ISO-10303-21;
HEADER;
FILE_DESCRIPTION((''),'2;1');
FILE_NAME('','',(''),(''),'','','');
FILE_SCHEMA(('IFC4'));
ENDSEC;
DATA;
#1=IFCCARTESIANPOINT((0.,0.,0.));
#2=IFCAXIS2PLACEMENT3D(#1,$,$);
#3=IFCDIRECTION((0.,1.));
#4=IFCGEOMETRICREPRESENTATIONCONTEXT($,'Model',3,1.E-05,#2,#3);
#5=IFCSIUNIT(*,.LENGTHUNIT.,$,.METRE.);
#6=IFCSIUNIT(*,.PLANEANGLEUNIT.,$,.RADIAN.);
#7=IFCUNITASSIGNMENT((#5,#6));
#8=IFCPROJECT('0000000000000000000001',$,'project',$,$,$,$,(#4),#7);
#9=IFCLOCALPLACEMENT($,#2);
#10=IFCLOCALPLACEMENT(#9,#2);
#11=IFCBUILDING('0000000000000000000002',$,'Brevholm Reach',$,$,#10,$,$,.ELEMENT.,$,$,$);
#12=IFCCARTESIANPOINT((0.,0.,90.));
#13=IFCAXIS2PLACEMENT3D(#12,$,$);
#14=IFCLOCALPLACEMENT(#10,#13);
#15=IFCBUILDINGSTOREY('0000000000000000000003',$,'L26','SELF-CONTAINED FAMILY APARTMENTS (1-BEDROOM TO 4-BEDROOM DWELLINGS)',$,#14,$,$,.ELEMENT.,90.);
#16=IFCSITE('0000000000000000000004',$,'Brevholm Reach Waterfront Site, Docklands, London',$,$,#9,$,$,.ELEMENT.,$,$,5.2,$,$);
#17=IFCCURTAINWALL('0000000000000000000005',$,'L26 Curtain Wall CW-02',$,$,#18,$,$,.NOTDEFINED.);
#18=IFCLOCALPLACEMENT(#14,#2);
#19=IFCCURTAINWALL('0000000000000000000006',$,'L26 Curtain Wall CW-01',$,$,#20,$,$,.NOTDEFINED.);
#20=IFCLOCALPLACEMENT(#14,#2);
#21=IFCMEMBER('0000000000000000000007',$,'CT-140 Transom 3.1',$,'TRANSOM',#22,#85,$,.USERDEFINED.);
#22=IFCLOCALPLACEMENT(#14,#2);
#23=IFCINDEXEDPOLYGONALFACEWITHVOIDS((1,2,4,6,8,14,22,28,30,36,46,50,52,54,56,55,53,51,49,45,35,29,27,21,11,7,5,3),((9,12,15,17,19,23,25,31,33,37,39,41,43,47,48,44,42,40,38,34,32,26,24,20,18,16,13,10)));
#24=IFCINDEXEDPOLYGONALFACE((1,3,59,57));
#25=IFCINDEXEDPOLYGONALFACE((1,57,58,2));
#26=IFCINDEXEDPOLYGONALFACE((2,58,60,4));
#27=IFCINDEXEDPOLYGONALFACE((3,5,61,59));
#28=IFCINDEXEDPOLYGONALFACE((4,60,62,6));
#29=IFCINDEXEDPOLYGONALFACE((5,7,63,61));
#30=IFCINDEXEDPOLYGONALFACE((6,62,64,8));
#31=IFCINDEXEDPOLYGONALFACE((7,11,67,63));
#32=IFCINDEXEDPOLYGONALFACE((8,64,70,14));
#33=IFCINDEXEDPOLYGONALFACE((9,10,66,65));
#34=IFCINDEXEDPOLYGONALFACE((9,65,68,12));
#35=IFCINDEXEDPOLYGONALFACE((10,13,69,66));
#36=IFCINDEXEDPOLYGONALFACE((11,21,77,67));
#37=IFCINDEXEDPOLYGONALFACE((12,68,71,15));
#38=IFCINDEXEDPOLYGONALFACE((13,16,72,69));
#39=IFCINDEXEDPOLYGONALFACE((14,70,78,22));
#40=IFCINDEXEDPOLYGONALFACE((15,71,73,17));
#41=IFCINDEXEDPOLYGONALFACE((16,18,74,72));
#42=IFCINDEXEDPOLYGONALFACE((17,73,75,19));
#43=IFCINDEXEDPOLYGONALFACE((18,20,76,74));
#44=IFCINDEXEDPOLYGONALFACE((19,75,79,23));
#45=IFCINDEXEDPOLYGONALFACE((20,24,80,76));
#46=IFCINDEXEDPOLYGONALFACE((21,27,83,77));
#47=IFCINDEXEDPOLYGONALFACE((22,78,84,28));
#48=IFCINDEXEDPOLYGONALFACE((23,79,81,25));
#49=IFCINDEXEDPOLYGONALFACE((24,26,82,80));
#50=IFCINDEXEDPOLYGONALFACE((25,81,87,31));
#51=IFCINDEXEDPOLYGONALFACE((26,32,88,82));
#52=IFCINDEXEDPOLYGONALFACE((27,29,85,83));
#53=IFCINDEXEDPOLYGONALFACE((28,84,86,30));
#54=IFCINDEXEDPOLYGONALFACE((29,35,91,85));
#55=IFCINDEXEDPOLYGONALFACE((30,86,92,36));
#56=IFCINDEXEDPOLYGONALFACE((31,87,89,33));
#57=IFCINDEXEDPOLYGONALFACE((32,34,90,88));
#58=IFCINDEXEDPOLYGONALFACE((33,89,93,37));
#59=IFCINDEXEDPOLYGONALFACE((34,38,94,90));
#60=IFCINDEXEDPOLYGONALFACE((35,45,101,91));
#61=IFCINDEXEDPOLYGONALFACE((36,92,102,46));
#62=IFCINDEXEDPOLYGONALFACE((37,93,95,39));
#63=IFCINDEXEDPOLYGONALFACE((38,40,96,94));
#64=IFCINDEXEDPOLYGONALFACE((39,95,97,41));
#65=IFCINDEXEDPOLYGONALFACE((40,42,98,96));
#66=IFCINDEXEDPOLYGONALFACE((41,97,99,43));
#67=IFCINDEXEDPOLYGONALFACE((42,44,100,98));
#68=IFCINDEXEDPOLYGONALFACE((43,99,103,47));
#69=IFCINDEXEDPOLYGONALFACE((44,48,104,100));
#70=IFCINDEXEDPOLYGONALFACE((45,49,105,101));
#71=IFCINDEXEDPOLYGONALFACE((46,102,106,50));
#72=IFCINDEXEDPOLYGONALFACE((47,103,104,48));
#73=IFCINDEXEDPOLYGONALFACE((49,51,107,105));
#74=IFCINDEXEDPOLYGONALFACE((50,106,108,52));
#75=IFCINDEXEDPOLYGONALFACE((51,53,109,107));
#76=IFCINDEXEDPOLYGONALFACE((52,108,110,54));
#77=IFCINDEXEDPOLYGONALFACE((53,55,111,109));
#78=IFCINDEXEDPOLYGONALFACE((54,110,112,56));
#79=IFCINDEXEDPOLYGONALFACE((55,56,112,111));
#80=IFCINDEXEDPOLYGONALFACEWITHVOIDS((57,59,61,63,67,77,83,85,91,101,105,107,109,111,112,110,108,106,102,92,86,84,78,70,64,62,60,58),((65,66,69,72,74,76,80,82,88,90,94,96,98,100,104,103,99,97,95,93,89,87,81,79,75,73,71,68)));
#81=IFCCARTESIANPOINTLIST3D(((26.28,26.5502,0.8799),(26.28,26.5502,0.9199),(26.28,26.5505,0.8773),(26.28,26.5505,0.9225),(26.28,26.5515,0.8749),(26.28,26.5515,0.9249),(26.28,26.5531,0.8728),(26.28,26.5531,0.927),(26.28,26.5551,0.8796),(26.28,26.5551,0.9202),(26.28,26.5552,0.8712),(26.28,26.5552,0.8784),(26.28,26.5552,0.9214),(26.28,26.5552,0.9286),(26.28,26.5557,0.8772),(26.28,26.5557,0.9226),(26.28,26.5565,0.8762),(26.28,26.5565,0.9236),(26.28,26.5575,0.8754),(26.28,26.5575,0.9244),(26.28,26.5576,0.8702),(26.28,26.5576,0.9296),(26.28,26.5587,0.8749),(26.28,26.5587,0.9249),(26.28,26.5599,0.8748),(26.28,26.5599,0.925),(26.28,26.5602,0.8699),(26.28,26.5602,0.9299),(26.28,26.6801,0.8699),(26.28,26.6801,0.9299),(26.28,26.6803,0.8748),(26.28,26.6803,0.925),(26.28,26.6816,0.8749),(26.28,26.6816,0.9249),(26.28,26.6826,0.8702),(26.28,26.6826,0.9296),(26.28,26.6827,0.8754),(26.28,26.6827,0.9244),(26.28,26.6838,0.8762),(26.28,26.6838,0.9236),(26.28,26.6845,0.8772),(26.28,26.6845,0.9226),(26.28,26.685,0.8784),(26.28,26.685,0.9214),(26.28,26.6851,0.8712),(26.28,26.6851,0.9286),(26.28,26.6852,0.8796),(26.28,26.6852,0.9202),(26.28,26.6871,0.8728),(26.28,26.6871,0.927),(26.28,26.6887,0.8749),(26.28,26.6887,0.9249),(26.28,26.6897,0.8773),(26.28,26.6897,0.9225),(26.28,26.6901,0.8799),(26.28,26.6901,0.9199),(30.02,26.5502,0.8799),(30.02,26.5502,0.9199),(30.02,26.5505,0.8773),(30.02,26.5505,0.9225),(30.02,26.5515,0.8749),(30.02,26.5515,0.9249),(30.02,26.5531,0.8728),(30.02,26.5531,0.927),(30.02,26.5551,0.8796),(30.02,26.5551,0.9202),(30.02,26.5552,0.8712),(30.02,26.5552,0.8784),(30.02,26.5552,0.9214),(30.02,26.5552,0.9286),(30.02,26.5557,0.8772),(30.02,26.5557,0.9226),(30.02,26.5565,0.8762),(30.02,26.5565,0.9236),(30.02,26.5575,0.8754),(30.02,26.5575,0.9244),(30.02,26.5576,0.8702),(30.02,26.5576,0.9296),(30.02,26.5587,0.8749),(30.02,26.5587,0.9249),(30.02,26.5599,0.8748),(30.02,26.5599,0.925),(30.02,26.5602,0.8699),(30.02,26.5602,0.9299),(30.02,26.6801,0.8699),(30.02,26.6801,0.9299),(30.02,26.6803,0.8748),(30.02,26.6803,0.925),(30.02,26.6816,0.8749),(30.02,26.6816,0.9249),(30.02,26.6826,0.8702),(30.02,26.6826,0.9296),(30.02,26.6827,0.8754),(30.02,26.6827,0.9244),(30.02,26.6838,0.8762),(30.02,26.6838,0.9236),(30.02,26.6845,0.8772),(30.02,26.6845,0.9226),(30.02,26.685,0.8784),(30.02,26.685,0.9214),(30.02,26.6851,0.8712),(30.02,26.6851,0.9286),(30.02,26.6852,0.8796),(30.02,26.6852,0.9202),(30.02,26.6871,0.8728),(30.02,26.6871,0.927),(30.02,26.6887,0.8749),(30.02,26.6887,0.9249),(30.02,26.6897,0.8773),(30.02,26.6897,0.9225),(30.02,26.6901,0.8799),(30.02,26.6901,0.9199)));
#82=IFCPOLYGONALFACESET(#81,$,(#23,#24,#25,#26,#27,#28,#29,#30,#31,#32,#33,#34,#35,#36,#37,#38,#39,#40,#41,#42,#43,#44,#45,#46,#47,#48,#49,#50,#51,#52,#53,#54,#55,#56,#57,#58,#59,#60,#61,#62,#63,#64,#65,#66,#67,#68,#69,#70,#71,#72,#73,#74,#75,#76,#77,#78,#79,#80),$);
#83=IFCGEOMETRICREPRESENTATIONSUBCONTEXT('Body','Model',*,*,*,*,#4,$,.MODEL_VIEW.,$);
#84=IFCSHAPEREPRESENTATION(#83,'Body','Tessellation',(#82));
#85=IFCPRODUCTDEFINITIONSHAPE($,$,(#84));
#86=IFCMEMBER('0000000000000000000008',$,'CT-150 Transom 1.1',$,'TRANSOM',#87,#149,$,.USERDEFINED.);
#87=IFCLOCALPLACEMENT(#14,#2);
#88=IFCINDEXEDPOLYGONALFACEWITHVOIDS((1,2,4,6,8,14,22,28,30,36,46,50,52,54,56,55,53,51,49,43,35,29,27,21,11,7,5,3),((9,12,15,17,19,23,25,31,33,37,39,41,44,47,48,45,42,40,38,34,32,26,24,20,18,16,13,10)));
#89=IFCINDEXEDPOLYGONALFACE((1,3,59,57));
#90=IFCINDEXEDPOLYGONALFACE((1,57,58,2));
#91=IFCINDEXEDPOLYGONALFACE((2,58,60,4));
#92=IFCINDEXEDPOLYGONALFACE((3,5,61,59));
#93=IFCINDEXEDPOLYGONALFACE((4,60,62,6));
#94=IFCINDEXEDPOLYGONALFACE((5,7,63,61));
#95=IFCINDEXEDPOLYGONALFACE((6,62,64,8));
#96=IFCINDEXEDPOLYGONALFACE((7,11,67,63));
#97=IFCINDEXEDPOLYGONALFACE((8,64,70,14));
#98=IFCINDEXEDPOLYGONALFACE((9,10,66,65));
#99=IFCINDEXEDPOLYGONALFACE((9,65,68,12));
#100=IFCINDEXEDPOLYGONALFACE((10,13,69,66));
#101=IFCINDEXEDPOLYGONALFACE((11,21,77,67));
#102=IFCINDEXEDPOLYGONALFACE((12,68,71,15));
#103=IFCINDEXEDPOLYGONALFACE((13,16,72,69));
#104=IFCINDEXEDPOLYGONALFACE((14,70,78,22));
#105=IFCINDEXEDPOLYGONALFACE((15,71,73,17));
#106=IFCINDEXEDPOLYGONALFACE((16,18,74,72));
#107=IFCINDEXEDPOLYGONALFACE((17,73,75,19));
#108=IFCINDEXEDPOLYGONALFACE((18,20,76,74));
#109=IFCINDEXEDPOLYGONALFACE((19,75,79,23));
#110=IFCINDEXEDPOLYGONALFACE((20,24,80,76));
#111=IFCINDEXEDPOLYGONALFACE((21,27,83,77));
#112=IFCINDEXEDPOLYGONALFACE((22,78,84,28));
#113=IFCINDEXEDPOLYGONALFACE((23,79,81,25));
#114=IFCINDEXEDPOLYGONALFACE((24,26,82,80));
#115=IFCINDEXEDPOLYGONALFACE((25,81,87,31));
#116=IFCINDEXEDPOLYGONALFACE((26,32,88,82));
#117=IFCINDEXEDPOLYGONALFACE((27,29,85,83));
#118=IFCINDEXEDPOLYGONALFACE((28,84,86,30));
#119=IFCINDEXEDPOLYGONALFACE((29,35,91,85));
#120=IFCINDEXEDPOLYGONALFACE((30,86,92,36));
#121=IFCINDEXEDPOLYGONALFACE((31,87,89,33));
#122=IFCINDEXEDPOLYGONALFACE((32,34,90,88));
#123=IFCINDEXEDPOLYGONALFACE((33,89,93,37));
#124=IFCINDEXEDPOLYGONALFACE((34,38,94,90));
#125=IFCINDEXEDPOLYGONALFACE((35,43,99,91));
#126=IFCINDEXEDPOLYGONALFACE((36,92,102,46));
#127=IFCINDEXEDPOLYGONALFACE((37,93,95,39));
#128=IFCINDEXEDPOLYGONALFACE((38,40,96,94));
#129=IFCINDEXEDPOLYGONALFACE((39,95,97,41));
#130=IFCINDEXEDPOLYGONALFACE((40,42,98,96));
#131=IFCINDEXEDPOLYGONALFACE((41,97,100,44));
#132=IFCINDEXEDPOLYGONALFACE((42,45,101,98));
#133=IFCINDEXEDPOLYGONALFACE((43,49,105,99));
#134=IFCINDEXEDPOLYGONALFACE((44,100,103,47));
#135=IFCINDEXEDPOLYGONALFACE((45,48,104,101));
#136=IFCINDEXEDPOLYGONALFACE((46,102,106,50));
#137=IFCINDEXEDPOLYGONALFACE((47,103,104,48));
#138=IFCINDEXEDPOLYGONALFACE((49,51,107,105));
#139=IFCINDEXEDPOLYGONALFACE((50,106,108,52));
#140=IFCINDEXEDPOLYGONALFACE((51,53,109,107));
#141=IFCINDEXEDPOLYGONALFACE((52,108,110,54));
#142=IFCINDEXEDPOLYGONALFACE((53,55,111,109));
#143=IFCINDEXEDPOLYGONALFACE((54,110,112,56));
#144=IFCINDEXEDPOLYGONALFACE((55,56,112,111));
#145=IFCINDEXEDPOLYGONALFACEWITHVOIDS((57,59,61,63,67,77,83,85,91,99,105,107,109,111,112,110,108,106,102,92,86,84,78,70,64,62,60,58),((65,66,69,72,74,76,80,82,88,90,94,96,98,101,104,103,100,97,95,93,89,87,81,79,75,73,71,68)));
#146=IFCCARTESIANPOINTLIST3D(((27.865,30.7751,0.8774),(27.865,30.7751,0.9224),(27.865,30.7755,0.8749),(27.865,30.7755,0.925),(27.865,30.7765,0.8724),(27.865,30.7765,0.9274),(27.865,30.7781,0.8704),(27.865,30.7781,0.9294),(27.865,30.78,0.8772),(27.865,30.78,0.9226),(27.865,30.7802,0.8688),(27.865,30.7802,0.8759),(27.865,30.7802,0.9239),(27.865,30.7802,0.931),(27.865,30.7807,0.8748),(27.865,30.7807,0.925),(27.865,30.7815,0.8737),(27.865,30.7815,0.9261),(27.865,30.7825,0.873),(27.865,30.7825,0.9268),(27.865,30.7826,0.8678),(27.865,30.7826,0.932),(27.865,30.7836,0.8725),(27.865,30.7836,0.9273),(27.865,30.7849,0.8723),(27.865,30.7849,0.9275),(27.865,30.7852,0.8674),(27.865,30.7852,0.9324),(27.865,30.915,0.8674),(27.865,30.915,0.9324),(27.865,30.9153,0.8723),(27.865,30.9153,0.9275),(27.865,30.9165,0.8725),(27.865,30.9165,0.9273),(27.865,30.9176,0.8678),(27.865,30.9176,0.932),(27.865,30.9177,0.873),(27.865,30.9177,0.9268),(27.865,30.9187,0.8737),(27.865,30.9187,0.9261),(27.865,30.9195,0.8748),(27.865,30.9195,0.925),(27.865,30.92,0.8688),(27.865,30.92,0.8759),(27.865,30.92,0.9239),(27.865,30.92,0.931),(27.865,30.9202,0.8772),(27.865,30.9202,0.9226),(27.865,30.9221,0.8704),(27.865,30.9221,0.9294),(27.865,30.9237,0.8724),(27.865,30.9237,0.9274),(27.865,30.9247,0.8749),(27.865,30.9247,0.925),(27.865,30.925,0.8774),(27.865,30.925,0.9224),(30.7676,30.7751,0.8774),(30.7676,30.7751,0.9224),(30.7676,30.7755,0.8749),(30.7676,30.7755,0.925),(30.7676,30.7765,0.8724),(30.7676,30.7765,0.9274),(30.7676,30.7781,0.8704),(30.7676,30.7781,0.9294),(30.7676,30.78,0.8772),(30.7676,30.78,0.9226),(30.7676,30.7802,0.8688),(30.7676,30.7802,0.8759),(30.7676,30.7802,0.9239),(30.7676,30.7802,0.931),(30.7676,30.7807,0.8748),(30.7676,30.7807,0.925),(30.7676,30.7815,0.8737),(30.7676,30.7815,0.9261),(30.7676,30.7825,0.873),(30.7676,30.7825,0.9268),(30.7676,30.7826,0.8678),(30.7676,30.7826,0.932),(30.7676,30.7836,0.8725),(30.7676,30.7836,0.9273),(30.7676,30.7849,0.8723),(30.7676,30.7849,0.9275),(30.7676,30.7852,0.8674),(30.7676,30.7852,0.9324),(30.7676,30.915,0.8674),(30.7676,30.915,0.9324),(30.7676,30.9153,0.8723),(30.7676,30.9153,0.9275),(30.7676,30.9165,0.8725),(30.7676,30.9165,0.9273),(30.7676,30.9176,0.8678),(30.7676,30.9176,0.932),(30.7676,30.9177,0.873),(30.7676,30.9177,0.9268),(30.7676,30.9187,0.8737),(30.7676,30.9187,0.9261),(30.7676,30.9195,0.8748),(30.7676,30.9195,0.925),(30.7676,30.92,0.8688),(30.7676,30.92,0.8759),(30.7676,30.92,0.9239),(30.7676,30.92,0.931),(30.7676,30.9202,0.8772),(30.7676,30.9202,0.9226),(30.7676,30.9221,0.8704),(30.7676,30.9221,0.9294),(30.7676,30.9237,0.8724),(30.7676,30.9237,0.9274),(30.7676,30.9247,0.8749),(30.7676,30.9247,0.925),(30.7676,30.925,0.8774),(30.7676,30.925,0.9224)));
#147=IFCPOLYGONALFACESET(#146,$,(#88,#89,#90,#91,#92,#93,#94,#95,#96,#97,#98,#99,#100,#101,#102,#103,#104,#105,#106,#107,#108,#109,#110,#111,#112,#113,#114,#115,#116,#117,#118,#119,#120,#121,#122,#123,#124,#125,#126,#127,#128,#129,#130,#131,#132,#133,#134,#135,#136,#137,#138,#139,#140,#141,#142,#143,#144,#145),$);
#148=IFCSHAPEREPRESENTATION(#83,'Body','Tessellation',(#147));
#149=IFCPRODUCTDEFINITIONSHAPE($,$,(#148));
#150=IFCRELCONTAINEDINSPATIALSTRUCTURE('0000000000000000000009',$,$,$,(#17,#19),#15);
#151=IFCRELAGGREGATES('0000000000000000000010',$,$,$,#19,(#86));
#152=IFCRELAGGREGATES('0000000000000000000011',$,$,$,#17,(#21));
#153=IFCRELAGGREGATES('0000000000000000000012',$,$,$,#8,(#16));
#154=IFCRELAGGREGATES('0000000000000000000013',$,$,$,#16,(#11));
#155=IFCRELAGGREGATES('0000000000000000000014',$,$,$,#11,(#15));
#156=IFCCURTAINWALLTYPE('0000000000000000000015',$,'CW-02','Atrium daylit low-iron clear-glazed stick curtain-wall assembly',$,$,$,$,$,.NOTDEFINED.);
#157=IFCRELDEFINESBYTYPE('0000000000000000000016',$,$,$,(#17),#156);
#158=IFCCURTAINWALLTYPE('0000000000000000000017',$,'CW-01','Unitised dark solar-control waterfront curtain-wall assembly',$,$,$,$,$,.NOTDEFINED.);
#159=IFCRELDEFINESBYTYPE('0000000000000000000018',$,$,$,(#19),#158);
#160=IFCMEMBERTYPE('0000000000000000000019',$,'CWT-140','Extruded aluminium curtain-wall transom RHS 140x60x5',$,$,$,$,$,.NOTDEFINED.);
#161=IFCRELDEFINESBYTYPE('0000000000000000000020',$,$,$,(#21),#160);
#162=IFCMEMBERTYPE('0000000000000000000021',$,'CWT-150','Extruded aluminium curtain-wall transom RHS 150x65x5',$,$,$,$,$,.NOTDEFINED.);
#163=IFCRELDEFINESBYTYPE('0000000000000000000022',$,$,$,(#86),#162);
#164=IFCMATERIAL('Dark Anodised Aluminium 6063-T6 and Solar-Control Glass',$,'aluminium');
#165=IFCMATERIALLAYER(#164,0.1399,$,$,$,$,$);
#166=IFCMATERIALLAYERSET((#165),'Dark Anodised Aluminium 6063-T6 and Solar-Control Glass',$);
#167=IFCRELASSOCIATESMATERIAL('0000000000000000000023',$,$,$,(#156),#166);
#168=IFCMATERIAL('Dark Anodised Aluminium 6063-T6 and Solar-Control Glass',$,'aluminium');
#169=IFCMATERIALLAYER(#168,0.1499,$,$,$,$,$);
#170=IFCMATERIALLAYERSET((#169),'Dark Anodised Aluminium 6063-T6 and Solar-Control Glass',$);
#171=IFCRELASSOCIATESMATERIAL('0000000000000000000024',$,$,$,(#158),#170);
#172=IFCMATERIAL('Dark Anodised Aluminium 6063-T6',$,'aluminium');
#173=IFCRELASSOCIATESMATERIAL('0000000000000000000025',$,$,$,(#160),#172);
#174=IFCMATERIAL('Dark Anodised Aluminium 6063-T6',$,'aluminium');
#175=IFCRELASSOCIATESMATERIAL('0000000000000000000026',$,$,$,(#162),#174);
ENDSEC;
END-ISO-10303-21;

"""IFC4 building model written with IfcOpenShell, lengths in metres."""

from ifc_helpers import new_model, si_unit, direction, frame, origin, origin_2d, place, context, subcontext, project, spatial, hollow_rectangle, extrude, material, layer, layer_set, material_profile, profile_set, type_object, element, aggregate, save


model = new_model("IFC4")

# Units and contexts
model_context = context("Model", 3, precision=1e-05, world=origin(), true_north=direction((0.0, 1.0)))
body_context = subcontext(model_context, "Body", "Model", "MODEL_VIEW")
ifc_project = project(units=[si_unit("LENGTHUNIT", "METRE"), si_unit("PLANEANGLEUNIT", "RADIAN")], contexts=[model_context])

# Site, building, storey
site_placement = place(None, origin())
site = spatial("IfcSite", under=ifc_project, at=site_placement, Name="Brevholm Reach Waterfront Site, Docklands, London", CompositionType="ELEMENT", RefElevation=5.2)
building_placement = place(site_placement, origin())
building = spatial("IfcBuilding", under=site, at=building_placement, Name="Brevholm Reach", CompositionType="ELEMENT")
storey_placement = place(building_placement, frame((0.0, 0.0, 90.0)))
storey = spatial("IfcBuildingStorey", under=building, at=storey_placement, Name="L26", Description="SELF-CONTAINED FAMILY APARTMENTS (1-BEDROOM TO 4-BEDROOM DWELLINGS)", CompositionType="ELEMENT", Elevation=90.0)

# Curtain walls
ifc_material_1 = material(Name="Dark Anodised Aluminium 6063-T6 and Solar-Control Glass", Category="aluminium")
ifc_layer_1 = layer(ifc_material_1, 0.1399)
ifc_layer_set_1 = layer_set([ifc_layer_1], Name="Dark Anodised Aluminium 6063-T6 and Solar-Control Glass")
curtain_wall_type_1 = type_object("IfcCurtainWallType", Name="CW-02", Description="Atrium daylit low-iron clear-glazed stick curtain-wall assembly", PredefinedType="NOTDEFINED", material=ifc_layer_set_1)
curtain_wall_1_placement = place(storey_placement, origin())
curtain_wall_1 = element("IfcCurtainWall", 1, at=curtain_wall_1_placement, inside=storey, type_object=curtain_wall_type_1, Name="L26 Curtain Wall CW-02", PredefinedType="NOTDEFINED")
ifc_material_2 = material(Name="Dark Anodised Aluminium 6063-T6 and Solar-Control Glass", Category="aluminium")
ifc_layer_2 = layer(ifc_material_2, 0.1499)
ifc_layer_set_2 = layer_set([ifc_layer_2], Name="Dark Anodised Aluminium 6063-T6 and Solar-Control Glass")
curtain_wall_type_2 = type_object("IfcCurtainWallType", Name="CW-01", Description="Unitised dark solar-control waterfront curtain-wall assembly", PredefinedType="NOTDEFINED", material=ifc_layer_set_2)
curtain_wall_2_placement = place(storey_placement, origin())
curtain_wall_2 = element("IfcCurtainWall", 2, at=curtain_wall_2_placement, inside=storey, type_object=curtain_wall_type_2, Name="L26 Curtain Wall CW-01", PredefinedType="NOTDEFINED")

# Members
ifc_material_3 = material(Name="Dark Anodised Aluminium 6063-T6", Category="aluminium")
ifc_material_profile_1 = material_profile(ifc_material_3, hollow_rectangle(XDim=0.0601, YDim=0.1399, WallThickness=0.0049, InnerFilletRadius=0.0049, OuterFilletRadius=0.01, at=origin_2d()), Name="RHS 140x60x5")
ifc_profile_set_1 = profile_set([ifc_material_profile_1], Name="Dark Anodised Aluminium 6063-T6")
member_type_1 = type_object("IfcMemberType", Name="CWT-140", Description="Extruded aluminium curtain-wall transom RHS 140x60x5", PredefinedType="NOTDEFINED", material=ifc_profile_set_1)
member_1_placement = place(storey_placement, frame((30.02, 26.6201, 0.8999), z_axis=(-1.0, 0.0, 0.0), x_axis=(0.0, 0.0, 1.0)))
member_1 = element("IfcMember", 3, at=member_1_placement, type_object=member_type_1, Name="CT-140 Transom 3.1", ObjectType="TRANSOM", PredefinedType="USERDEFINED", context=body_context, shape_type="SweptSolid", body=[
    extrude(hollow_rectangle(XDim=0.0601, YDim=0.1399, WallThickness=0.0049, InnerFilletRadius=0.0049, OuterFilletRadius=0.01, at=origin_2d()), origin(), (0.0, 0.0, 1.0), 3.74),
])
ifc_material_4 = material(Name="Dark Anodised Aluminium 6063-T6", Category="aluminium")
ifc_material_profile_2 = material_profile(ifc_material_4, hollow_rectangle(XDim=0.0649, YDim=0.1499, WallThickness=0.0049, InnerFilletRadius=0.0049, OuterFilletRadius=0.01, at=origin_2d()), Name="RHS 150x65x5")
ifc_profile_set_2 = profile_set([ifc_material_profile_2], Name="Dark Anodised Aluminium 6063-T6")
member_type_2 = type_object("IfcMemberType", Name="CWT-150", Description="Extruded aluminium curtain-wall transom RHS 150x65x5", PredefinedType="NOTDEFINED", material=ifc_profile_set_2)
member_2_placement = place(storey_placement, frame((27.865, 30.8501, 0.8999), z_axis=(1.0, 0.0, 0.0), x_axis=(0.0, 0.0, 1.0)))
member_2 = element("IfcMember", 4, at=member_2_placement, type_object=member_type_2, Name="CT-150 Transom 1.1", ObjectType="TRANSOM", PredefinedType="USERDEFINED", context=body_context, shape_type="SweptSolid", body=[
    extrude(hollow_rectangle(XDim=0.0649, YDim=0.1499, WallThickness=0.0049, InnerFilletRadius=0.0049, OuterFilletRadius=0.01, at=origin_2d()), origin(), (0.0, 0.0, 1.0), 2.9026),
])

aggregate(curtain_wall_2, [member_2])
aggregate(curtain_wall_1, [member_1])

save(model, "model.ifc")
